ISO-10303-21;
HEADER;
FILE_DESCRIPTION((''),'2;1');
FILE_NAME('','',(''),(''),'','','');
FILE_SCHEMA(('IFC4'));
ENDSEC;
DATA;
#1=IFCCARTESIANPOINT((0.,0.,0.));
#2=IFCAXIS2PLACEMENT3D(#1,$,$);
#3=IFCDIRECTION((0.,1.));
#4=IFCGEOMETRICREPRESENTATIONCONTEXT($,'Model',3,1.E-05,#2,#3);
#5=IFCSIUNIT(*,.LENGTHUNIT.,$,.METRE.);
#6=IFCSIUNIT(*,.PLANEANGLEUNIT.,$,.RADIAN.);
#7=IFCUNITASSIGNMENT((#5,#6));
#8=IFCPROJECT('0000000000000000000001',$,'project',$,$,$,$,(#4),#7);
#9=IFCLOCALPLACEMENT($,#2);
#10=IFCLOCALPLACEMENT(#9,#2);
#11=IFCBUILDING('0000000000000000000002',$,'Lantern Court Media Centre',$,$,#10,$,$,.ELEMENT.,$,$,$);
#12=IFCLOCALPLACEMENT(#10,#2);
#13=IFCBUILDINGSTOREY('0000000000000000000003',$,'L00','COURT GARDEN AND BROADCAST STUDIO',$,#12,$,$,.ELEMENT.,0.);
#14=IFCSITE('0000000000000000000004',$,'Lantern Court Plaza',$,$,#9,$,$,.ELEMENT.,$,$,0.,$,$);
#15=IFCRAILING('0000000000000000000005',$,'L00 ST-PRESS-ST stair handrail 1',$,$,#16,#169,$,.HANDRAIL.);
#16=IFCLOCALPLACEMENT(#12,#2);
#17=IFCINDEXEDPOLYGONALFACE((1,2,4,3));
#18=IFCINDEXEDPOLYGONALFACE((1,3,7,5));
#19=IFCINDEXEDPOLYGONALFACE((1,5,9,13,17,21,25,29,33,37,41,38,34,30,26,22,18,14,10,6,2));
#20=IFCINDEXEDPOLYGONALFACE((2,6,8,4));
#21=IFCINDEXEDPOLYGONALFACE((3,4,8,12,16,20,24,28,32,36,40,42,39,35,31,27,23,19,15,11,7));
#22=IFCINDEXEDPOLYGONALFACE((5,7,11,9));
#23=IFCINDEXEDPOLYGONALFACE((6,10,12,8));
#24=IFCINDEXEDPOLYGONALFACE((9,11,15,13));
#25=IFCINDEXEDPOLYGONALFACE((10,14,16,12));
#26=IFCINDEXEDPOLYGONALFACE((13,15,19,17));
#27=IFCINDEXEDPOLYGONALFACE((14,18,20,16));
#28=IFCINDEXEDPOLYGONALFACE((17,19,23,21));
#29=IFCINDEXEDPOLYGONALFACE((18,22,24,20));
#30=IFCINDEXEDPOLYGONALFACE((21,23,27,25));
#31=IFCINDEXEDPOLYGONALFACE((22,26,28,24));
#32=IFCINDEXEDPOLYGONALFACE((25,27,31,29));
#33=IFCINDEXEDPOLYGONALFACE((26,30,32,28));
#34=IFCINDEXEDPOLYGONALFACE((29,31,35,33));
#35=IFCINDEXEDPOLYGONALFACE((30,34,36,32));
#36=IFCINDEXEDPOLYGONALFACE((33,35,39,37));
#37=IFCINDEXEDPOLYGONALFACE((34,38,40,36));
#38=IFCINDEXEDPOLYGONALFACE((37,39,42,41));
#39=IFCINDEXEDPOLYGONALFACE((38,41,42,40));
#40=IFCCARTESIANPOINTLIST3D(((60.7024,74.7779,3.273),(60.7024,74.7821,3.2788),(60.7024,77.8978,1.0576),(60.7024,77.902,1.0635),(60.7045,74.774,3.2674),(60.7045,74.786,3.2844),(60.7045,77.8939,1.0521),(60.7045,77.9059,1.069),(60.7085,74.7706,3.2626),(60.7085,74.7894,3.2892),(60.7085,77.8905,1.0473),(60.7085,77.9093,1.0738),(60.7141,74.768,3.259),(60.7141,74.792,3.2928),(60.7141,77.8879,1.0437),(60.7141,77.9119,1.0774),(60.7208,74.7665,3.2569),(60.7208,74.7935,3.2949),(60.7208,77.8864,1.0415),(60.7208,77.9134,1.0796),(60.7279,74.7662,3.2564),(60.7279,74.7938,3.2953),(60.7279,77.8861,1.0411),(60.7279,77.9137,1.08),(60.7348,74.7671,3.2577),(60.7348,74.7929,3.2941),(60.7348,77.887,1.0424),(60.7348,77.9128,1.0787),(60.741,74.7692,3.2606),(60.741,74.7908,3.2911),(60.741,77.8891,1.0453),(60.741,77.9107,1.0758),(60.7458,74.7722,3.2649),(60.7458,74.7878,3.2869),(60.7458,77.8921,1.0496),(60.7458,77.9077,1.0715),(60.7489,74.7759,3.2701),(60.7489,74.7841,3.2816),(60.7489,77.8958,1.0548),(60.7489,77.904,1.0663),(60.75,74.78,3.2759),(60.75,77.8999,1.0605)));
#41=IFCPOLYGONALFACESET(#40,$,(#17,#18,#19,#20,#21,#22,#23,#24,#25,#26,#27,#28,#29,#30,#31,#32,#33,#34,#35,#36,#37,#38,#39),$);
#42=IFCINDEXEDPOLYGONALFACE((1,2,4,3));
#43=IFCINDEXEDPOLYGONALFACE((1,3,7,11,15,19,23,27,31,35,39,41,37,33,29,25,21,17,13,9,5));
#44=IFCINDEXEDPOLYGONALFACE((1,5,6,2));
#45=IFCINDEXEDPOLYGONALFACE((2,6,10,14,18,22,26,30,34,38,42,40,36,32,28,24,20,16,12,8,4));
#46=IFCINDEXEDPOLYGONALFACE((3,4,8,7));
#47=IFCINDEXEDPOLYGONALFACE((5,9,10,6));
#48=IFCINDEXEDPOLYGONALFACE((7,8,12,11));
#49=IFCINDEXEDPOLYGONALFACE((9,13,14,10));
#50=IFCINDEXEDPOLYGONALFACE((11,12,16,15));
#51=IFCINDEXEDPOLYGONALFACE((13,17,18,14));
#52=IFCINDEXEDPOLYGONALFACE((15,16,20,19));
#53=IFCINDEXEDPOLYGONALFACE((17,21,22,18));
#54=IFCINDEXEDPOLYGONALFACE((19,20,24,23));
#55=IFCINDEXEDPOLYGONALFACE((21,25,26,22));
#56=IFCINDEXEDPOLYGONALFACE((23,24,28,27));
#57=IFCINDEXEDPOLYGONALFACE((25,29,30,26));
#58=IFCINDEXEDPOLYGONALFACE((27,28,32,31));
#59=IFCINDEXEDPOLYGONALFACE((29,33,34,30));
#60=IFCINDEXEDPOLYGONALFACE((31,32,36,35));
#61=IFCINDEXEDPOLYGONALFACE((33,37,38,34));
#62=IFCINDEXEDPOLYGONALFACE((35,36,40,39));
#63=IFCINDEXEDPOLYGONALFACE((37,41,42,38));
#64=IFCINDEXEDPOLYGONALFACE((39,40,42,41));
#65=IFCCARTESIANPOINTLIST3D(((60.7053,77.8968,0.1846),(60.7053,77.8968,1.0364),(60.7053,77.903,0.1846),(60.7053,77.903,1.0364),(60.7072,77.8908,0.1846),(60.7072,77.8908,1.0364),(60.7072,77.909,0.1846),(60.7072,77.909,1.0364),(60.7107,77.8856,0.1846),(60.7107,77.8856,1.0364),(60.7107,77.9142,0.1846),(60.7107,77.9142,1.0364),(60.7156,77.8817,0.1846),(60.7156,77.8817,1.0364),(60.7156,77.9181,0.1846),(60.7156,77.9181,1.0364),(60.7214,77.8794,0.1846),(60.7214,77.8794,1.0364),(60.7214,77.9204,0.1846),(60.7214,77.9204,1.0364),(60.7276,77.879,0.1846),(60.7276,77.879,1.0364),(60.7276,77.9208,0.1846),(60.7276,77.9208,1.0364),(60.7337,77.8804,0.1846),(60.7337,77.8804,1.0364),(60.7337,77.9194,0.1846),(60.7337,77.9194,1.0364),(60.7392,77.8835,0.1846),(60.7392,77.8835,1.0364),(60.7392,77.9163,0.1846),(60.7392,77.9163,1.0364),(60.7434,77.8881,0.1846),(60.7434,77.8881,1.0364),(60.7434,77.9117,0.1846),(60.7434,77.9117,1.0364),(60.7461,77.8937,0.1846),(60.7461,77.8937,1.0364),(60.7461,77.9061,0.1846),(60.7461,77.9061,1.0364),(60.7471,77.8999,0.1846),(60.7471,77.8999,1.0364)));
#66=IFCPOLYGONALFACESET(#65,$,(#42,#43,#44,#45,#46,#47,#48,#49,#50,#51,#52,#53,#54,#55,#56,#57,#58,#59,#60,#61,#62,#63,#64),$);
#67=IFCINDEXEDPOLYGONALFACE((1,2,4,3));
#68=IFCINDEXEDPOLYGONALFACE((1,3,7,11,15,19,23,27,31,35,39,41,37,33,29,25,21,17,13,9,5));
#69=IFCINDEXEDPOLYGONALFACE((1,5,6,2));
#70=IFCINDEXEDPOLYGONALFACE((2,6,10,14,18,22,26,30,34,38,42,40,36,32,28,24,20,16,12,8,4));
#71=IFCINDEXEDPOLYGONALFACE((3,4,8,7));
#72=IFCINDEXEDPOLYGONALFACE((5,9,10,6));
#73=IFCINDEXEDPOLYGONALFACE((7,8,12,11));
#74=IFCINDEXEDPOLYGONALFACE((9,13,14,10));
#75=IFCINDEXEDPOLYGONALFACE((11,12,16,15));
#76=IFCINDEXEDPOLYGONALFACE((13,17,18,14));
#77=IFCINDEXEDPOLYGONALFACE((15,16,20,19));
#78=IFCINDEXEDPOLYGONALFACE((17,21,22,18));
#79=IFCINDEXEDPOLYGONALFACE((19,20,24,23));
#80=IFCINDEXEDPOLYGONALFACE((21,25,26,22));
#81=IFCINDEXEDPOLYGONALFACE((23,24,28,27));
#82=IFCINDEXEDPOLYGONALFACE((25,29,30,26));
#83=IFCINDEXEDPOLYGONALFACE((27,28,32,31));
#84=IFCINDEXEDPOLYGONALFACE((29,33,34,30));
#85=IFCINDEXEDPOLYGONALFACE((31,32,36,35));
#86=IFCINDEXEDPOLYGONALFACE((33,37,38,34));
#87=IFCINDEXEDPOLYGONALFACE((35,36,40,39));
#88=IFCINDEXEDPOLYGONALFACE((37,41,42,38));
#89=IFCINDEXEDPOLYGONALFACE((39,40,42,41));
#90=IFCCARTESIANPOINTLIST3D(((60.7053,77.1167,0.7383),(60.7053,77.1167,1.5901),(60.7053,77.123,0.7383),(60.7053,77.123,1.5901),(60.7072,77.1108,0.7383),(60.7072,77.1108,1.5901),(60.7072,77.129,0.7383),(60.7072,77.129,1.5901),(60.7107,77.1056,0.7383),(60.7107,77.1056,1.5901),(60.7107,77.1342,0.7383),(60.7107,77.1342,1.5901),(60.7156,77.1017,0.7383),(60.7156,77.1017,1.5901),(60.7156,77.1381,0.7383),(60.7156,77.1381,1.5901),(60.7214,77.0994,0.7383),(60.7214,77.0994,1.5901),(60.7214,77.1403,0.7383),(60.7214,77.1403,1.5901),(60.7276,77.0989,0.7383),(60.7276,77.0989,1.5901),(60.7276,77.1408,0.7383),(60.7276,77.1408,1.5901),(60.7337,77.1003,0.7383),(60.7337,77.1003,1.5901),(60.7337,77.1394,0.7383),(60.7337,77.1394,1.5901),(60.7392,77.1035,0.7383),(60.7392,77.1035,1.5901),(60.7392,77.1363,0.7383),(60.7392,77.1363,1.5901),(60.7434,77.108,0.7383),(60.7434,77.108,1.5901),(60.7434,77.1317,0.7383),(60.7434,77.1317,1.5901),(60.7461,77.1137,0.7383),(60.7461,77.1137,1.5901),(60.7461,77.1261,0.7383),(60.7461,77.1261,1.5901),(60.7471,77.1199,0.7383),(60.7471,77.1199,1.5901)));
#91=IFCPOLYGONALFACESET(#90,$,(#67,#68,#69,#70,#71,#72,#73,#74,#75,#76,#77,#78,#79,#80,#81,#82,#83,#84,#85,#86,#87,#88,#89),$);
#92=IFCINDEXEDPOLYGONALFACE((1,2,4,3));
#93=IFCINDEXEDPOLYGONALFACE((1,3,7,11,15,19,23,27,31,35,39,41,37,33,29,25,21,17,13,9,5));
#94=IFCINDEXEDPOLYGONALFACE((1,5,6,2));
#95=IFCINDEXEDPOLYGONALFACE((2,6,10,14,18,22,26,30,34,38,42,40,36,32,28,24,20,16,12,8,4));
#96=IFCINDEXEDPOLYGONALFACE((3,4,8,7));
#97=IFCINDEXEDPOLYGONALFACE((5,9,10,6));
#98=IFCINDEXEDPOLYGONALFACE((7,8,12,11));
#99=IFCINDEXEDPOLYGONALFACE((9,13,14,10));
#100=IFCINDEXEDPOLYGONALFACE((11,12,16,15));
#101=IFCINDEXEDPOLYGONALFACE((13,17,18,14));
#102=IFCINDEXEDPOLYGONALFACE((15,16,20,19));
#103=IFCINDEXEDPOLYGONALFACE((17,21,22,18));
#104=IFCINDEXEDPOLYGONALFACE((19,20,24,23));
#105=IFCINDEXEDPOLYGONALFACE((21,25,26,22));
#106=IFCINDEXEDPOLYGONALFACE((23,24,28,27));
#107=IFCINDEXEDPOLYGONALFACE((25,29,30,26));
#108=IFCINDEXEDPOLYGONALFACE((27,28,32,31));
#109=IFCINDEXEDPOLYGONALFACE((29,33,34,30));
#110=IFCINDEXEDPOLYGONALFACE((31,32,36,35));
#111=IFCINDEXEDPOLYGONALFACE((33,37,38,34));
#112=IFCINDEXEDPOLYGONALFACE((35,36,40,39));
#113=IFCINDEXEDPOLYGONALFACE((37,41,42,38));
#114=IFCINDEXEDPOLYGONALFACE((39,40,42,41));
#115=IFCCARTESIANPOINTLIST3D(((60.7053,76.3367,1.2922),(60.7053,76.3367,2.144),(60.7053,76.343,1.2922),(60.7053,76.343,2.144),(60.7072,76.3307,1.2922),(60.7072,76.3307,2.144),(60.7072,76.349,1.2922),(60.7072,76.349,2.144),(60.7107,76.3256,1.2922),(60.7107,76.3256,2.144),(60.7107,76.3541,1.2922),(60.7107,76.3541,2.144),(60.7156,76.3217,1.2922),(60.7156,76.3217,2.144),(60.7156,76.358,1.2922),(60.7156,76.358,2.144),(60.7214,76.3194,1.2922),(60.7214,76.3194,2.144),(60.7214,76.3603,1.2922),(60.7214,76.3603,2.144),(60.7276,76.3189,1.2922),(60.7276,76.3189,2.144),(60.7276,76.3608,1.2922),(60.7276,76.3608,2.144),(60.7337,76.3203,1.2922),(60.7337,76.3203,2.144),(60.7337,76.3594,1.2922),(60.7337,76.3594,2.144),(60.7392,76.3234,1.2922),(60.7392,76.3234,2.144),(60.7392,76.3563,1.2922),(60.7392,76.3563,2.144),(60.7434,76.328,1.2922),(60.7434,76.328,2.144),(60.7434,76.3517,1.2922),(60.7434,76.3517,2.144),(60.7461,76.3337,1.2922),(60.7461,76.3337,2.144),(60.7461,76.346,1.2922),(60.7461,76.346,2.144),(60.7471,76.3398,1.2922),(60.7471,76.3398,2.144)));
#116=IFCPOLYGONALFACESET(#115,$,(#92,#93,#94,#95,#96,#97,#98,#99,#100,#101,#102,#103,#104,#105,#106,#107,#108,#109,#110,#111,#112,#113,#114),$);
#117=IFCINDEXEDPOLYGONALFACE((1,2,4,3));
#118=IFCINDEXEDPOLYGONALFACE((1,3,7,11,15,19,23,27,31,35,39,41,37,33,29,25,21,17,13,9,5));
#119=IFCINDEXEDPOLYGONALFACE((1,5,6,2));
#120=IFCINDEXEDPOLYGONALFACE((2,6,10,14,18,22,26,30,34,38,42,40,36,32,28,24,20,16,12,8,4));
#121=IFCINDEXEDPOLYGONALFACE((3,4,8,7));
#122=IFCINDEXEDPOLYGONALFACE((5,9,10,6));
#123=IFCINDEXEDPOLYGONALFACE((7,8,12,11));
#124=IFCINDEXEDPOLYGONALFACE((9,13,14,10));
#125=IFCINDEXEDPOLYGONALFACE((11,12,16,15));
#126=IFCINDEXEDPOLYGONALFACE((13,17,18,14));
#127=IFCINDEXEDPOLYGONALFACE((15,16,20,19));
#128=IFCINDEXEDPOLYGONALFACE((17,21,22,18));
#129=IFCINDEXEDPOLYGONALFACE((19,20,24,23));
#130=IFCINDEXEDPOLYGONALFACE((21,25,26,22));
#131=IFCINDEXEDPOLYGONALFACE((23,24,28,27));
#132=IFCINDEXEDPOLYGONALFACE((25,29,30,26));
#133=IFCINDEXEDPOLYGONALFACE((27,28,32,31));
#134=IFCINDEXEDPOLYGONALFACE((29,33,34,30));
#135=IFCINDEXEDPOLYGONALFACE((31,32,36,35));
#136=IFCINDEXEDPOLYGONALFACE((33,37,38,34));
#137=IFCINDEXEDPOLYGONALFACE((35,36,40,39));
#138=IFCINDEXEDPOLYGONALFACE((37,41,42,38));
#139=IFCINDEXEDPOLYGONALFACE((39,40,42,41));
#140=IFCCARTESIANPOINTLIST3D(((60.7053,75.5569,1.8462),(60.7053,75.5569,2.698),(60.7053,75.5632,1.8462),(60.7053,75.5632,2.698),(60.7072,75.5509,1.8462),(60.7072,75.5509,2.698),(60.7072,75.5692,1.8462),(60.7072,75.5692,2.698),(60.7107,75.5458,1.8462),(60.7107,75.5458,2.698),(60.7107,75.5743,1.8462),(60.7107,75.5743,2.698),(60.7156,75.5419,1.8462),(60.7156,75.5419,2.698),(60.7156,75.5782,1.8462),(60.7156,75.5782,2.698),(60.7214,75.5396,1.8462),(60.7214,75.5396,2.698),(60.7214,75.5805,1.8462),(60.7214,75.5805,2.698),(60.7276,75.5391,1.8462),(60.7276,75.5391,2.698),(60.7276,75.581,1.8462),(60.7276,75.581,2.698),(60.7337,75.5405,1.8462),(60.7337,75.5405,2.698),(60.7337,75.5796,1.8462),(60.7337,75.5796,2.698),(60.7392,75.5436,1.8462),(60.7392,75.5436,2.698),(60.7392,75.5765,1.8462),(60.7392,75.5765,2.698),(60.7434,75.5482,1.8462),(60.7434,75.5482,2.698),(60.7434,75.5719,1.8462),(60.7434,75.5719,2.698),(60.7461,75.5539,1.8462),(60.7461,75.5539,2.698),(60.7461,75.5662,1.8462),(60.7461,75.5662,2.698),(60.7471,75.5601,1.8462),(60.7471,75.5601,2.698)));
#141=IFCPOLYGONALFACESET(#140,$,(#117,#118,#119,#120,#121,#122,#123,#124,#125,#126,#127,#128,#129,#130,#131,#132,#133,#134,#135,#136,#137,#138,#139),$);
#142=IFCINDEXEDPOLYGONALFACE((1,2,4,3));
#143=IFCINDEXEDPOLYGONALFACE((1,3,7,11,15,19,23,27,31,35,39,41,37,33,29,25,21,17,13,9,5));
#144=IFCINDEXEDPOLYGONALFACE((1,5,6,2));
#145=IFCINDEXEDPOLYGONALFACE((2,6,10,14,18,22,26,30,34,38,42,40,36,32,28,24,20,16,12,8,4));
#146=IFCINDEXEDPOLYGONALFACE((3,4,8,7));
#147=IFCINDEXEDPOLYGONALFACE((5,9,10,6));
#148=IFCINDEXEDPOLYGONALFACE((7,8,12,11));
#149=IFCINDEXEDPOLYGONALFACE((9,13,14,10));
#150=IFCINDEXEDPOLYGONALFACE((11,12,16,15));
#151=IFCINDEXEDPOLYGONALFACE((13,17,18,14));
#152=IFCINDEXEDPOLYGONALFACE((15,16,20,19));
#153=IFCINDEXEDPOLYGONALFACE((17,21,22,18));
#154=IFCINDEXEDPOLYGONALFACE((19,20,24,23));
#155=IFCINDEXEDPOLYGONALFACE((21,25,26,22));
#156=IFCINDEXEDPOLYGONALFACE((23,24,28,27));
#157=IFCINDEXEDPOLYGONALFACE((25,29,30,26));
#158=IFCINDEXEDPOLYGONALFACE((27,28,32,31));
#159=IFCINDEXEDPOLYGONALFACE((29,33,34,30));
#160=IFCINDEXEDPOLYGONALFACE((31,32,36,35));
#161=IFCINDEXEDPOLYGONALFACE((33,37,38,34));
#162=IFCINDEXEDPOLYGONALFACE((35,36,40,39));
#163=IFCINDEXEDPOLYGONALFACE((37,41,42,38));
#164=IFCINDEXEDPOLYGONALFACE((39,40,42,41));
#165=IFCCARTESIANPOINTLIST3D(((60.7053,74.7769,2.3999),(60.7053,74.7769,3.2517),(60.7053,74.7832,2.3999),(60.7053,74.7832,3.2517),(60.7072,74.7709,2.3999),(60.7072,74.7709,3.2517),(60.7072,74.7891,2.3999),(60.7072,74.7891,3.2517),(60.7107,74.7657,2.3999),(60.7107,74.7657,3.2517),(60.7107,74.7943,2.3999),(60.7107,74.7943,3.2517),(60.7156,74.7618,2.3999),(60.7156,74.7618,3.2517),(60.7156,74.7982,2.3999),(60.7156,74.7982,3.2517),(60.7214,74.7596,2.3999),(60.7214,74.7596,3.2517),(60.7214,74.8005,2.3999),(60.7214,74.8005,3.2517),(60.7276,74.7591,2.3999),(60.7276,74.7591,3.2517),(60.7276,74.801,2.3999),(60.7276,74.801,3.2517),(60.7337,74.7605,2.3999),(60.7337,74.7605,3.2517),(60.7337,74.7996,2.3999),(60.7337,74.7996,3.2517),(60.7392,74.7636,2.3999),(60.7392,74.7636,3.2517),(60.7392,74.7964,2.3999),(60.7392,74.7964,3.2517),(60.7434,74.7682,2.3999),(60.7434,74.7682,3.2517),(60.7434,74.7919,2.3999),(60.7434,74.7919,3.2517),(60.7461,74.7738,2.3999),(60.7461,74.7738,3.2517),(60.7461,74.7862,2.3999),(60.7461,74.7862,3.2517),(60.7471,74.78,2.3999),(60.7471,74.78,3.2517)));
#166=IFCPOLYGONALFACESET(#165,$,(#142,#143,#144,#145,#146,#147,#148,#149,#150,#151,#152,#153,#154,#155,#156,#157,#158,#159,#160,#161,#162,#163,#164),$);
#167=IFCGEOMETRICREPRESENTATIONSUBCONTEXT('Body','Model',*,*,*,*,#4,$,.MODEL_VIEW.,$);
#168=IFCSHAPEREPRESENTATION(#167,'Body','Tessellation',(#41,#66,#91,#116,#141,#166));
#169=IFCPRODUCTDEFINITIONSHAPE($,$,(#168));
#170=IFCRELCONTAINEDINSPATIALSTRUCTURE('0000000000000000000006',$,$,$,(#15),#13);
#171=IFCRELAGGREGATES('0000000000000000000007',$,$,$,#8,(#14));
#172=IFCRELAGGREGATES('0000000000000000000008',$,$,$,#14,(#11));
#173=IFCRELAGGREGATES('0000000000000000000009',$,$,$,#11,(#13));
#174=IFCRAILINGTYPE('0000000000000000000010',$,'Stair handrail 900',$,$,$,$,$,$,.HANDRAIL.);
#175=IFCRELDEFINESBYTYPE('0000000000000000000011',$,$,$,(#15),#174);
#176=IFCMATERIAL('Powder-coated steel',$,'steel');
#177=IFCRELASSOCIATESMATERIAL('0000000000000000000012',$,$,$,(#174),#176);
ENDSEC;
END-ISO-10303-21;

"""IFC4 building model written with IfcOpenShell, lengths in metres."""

from ifc_helpers import new_model, si_unit, direction, frame, origin, origin_2d, place, context, subcontext, project, spatial, circle, extrude, material, type_object, element, save


model = new_model("IFC4")

# Units and contexts
model_context = context("Model", 3, precision=1e-05, world=origin(), true_north=direction((0.0, 1.0)))
body_context = subcontext(model_context, "Body", "Model", "MODEL_VIEW")
ifc_project = project(units=[si_unit("LENGTHUNIT", "METRE"), si_unit("PLANEANGLEUNIT", "RADIAN")], contexts=[model_context])

# Site, building, storey
site_placement = place(None, origin())
site = spatial("IfcSite", under=ifc_project, at=site_placement, Name="Lantern Court Plaza", CompositionType="ELEMENT", RefElevation=0.0)
building_placement = place(site_placement, origin())
building = spatial("IfcBuilding", under=site, at=building_placement, Name="Lantern Court Media Centre", CompositionType="ELEMENT")
storey_placement = place(building_placement, origin())
storey = spatial("IfcBuildingStorey", under=building, at=storey_placement, Name="L00", Description="COURT GARDEN AND BROADCAST STUDIO", CompositionType="ELEMENT", Elevation=0.0)

# Railing
ifc_material_1 = material(Name="Powder-coated steel", Category="steel")
railing_type_1 = type_object("IfcRailingType", Name="Stair handrail 900", PredefinedType="HANDRAIL", material=ifc_material_1)
railing_1_placement = place(storey_placement, frame((60.7261, 77.8999, 0.1846)))
element("IfcRailing", 1, at=railing_1_placement, inside=storey, type_object=railing_type_1, Name="L00 ST-PRESS-ST stair handrail 1", PredefinedType="HANDRAIL", context=body_context, shape_type="SweptSolid", body=[
    extrude(circle(Radius=0.0239, at=origin_2d()), frame((0.0, 0.0, 0.876), z_axis=(0.0, -0.815356, 0.578961), x_axis=(1.0, 0.0, 0.0)), (0.0, 0.0, 1.0), 3.8264),
    extrude(circle(Radius=0.021, at=origin_2d()), origin(), (0.0, 0.0, 1.0), 0.8518),
    extrude(circle(Radius=0.021, at=origin_2d()), frame((0.0, -0.78, 0.5537)), (0.0, 0.0, 1.0), 0.8518),
    extrude(circle(Radius=0.021, at=origin_2d()), frame((0.0, -1.5601, 1.1077)), (0.0, 0.0, 1.0), 0.8518),
    extrude(circle(Radius=0.021, at=origin_2d()), frame((0.0, -2.3398, 1.6616)), (0.0, 0.0, 1.0), 0.8518),
    extrude(circle(Radius=0.021, at=origin_2d()), frame((0.0, -3.1199, 2.2153)), (0.0, 0.0, 1.0), 0.8518),
])

save(model, "model.ifc")
